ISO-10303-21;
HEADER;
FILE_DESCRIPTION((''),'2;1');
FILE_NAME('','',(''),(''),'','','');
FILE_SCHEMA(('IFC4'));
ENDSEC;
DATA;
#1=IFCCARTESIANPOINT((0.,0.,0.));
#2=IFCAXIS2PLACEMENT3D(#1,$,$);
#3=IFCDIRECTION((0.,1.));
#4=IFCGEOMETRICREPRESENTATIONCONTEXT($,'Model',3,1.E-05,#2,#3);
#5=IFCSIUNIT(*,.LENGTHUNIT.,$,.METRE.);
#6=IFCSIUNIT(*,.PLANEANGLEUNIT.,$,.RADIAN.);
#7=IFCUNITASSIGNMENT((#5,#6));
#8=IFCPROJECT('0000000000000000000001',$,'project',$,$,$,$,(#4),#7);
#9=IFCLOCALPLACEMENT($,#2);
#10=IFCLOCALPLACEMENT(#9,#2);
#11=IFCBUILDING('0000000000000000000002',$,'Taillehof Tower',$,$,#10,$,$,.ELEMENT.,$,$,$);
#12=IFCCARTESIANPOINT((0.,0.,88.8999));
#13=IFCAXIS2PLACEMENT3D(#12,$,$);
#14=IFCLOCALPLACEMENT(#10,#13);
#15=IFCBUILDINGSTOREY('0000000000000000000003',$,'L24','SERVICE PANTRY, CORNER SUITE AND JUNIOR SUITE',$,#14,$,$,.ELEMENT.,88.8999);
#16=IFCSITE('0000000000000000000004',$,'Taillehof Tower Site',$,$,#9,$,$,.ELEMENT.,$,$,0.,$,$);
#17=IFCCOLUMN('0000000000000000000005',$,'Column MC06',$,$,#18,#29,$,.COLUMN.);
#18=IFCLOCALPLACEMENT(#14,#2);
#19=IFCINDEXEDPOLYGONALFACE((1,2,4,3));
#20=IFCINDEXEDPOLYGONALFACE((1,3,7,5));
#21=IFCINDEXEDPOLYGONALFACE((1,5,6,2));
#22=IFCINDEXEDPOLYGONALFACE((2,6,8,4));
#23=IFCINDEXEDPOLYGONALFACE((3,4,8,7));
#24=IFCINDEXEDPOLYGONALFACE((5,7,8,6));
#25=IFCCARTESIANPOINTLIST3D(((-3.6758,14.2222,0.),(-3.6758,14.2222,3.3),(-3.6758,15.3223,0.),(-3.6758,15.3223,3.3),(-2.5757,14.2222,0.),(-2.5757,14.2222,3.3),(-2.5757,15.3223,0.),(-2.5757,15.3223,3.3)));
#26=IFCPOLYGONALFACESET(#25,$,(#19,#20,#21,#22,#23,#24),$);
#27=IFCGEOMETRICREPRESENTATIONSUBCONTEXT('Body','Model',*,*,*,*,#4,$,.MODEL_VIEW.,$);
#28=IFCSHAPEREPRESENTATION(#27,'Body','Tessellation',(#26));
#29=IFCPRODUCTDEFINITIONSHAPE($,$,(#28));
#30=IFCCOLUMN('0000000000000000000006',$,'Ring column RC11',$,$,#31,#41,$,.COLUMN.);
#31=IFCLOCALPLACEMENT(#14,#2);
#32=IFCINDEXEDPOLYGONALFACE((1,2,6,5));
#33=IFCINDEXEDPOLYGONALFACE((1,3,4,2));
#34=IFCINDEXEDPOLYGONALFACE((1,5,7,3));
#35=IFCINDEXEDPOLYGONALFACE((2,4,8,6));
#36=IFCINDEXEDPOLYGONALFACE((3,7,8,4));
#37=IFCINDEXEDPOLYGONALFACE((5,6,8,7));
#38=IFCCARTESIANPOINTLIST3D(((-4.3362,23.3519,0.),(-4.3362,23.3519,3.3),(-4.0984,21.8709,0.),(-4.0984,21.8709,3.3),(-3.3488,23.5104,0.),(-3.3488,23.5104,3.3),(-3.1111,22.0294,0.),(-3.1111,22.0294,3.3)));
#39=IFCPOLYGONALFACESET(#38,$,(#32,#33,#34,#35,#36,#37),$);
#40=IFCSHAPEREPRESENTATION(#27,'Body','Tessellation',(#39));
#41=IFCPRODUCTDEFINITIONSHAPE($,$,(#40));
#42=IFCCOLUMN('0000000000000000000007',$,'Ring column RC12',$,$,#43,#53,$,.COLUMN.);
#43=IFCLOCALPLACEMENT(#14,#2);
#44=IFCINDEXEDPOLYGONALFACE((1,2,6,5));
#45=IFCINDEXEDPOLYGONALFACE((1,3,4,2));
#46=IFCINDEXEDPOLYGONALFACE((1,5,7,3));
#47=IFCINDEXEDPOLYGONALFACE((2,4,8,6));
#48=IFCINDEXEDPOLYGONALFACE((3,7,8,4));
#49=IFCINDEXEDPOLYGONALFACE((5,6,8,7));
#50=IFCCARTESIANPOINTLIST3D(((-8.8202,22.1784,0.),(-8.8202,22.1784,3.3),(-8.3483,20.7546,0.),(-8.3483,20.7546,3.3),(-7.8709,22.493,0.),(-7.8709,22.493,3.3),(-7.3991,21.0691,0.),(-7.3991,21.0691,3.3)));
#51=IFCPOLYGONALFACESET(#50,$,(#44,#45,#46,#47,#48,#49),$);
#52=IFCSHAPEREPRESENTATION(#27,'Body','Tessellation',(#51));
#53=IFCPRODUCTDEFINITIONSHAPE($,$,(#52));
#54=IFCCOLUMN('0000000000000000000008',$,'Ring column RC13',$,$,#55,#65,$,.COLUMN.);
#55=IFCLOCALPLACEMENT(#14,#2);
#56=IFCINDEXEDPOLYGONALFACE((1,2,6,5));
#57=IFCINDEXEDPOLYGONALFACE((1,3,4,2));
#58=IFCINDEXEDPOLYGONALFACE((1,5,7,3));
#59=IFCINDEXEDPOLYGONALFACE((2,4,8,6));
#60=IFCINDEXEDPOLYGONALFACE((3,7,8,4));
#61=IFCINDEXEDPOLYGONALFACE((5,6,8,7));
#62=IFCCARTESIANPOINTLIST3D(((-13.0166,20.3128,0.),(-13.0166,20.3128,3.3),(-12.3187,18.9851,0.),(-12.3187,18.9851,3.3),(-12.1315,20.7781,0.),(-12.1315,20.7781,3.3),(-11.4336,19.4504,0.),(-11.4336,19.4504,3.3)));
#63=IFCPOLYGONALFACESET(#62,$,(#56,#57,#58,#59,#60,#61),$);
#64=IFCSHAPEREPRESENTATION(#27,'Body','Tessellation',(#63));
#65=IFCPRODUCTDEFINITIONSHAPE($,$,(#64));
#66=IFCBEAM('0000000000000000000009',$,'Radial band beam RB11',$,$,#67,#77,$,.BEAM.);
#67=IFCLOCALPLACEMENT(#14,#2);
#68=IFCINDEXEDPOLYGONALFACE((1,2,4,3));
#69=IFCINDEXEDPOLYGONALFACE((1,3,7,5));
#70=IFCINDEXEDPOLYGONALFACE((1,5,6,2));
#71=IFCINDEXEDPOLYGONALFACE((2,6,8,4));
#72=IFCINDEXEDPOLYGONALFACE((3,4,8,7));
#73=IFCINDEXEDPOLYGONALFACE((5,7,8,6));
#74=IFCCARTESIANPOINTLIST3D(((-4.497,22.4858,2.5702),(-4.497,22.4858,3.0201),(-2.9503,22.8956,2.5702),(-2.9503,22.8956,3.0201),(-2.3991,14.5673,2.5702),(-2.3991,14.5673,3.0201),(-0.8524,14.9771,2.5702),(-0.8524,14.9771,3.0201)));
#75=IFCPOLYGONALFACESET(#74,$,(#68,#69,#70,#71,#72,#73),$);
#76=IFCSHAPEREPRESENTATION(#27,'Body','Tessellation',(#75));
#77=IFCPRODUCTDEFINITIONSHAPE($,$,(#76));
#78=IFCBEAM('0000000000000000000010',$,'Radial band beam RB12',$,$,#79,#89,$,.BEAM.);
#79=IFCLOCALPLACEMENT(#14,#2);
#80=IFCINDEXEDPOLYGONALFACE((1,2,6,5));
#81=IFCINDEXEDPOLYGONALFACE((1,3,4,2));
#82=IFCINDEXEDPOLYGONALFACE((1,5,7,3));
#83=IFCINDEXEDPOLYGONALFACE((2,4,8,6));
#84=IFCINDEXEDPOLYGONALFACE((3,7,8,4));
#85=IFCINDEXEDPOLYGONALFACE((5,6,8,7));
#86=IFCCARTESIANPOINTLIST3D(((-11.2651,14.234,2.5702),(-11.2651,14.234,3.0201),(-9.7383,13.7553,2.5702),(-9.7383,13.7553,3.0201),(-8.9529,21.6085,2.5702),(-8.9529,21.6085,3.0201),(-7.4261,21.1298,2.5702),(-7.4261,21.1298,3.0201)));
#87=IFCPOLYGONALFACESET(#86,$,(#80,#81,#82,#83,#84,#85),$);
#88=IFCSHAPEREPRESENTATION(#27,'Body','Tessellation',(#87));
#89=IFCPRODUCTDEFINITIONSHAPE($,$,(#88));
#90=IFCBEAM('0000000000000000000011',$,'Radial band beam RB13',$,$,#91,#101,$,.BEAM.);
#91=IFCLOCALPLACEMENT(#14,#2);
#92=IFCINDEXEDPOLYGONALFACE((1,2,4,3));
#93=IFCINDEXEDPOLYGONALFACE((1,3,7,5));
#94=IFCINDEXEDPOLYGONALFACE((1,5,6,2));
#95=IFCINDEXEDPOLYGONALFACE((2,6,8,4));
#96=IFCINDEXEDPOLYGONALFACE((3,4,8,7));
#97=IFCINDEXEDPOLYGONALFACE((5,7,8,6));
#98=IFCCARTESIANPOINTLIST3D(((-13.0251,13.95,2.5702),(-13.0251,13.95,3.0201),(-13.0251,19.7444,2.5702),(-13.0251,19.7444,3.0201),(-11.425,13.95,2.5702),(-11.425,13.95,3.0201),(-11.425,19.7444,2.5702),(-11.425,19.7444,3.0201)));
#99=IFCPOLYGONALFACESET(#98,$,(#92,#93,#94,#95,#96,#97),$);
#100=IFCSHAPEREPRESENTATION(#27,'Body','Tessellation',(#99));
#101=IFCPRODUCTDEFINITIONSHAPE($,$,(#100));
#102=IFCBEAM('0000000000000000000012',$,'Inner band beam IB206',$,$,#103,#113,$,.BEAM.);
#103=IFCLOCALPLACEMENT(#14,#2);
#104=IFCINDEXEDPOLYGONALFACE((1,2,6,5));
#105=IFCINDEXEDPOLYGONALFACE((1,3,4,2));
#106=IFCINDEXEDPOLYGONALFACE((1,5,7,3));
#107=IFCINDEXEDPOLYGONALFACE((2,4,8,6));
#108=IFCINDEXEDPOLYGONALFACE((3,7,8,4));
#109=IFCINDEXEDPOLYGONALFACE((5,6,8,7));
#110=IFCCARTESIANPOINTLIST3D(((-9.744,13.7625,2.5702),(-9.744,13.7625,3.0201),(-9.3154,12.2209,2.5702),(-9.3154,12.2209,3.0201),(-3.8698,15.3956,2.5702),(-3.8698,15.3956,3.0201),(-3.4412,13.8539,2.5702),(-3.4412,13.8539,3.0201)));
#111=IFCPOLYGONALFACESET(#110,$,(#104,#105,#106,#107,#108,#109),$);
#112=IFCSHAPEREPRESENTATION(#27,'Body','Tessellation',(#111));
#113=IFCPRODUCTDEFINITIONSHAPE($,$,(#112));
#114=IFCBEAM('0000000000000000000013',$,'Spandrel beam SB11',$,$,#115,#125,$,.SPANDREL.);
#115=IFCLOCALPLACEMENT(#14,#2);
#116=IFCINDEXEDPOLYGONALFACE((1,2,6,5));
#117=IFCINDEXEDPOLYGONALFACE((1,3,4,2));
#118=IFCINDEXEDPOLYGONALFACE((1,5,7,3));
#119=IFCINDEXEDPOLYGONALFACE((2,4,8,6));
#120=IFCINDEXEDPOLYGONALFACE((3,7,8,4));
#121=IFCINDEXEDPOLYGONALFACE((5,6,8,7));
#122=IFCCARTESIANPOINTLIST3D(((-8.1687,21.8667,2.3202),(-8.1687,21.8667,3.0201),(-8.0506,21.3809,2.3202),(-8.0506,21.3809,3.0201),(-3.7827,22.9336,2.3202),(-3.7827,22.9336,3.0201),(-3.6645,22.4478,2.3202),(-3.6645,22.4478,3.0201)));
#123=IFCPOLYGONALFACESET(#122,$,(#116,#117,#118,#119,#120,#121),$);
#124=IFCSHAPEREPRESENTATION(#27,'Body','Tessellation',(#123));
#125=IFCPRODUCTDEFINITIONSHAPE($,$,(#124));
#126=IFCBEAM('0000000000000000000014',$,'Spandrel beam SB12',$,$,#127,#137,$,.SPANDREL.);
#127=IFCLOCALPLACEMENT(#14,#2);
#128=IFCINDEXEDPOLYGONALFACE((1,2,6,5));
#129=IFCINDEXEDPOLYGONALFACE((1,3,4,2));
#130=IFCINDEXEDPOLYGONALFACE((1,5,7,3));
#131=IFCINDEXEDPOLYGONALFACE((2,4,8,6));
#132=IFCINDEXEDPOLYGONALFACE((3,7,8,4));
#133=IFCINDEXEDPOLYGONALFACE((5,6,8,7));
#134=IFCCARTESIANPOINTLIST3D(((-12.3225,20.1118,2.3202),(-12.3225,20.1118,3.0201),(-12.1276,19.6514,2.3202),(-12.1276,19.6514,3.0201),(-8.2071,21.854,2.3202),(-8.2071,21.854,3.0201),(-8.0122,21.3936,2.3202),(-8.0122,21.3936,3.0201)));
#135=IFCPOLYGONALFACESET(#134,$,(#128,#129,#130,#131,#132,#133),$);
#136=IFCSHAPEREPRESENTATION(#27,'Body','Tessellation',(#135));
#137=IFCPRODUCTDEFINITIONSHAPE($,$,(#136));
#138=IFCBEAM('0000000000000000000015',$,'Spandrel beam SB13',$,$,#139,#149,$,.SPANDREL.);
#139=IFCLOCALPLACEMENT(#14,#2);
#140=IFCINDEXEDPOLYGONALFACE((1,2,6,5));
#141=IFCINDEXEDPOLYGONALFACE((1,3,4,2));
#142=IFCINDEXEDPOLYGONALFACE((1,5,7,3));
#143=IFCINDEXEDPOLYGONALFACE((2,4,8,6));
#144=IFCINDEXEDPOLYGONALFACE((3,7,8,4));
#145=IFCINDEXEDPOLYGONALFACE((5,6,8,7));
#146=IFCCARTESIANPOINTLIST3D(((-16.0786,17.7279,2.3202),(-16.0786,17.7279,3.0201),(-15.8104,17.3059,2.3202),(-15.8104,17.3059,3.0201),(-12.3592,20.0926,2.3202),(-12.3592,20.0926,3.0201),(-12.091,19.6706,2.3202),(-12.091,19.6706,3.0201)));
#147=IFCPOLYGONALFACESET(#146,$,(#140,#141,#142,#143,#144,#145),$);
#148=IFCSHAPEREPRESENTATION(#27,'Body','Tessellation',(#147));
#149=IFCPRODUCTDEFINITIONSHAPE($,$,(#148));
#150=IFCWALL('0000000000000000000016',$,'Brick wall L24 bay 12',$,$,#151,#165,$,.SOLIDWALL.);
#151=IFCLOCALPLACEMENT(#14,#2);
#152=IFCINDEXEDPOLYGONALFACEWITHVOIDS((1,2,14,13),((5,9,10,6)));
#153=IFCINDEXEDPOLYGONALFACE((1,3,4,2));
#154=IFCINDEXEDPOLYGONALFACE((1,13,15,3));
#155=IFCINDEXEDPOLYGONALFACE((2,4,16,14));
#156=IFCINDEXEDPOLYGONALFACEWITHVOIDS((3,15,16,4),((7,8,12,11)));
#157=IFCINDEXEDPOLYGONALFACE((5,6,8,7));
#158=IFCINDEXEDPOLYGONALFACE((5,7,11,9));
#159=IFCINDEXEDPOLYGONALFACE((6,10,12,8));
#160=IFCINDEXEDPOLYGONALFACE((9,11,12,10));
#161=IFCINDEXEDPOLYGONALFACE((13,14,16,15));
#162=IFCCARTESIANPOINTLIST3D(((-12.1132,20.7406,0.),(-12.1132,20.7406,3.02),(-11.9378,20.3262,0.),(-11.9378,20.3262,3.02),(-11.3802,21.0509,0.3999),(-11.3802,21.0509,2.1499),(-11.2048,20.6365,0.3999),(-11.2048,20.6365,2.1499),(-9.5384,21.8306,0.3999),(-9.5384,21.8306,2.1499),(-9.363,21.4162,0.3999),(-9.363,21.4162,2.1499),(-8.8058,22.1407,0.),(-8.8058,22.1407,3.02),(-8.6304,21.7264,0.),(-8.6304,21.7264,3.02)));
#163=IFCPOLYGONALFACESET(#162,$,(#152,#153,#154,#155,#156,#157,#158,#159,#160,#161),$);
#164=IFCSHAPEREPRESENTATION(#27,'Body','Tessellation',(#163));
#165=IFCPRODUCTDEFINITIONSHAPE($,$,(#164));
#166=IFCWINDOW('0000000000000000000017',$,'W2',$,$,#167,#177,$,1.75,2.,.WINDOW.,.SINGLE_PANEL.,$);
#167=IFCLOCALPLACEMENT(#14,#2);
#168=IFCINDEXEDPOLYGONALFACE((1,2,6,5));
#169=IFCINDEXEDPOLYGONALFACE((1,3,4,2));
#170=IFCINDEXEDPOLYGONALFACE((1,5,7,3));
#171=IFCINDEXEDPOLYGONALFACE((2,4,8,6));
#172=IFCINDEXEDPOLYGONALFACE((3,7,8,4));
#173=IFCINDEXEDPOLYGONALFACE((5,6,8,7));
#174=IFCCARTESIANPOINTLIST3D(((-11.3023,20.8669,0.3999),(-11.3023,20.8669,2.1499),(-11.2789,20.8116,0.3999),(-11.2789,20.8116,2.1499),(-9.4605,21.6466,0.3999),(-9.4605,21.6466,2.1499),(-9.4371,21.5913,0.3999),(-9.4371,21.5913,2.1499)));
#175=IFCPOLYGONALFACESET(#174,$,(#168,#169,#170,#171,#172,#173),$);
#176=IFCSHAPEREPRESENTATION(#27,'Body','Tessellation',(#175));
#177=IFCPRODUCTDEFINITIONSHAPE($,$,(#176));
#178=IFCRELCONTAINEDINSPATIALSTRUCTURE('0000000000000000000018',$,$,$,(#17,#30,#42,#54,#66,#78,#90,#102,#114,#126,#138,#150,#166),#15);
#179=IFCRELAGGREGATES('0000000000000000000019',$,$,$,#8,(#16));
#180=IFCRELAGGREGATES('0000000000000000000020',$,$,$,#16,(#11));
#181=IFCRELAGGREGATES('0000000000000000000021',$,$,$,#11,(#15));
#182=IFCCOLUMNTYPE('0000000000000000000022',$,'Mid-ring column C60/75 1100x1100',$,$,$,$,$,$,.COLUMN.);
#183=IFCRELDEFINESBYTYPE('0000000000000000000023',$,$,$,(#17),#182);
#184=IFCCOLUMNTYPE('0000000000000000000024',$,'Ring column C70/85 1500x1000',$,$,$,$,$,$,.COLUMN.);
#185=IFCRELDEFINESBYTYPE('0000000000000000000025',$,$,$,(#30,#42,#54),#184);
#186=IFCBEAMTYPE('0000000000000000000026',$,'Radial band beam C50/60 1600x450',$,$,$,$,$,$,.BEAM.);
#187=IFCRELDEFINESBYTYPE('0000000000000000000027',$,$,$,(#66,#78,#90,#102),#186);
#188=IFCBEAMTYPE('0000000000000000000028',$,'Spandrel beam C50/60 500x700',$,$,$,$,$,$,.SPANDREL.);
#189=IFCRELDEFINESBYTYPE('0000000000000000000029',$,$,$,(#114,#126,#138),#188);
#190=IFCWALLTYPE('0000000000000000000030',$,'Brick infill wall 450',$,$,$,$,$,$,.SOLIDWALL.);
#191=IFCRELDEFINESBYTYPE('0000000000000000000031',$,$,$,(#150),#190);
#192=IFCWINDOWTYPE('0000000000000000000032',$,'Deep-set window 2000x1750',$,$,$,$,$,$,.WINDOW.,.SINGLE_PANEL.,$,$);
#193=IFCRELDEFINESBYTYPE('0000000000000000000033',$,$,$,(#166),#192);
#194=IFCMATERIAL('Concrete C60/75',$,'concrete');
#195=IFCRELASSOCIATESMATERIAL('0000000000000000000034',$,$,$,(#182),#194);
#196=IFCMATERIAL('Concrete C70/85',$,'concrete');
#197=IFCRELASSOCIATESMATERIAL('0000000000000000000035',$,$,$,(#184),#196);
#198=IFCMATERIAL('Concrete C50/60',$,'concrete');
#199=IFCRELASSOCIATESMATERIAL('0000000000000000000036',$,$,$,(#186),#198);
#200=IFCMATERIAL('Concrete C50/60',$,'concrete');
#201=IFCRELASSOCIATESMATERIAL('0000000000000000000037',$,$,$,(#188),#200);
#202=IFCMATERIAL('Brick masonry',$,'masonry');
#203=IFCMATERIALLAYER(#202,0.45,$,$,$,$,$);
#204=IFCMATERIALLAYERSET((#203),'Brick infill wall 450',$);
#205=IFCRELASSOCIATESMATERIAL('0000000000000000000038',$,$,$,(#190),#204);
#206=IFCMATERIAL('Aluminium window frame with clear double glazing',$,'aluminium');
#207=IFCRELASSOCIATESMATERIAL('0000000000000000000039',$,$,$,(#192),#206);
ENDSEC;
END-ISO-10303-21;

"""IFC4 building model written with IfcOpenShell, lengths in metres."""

from ifc_helpers import new_model, si_unit, direction, frame, frame_2d, origin, origin_2d, place, context, subcontext, project, spatial, rectangle, extrude, material, layer, layer_set, material_profile, profile_set, type_object, element, fill, save


model = new_model("IFC4")

# Units and contexts
model_context = context("Model", 3, precision=1e-05, world=origin(), true_north=direction((0.0, 1.0)))
body_context = subcontext(model_context, "Body", "Model", "MODEL_VIEW")
ifc_project = project(units=[si_unit("LENGTHUNIT", "METRE"), si_unit("PLANEANGLEUNIT", "RADIAN")], contexts=[model_context])

# Site, building, storey
site_placement = place(None, origin())
site = spatial("IfcSite", under=ifc_project, at=site_placement, Name="Taillehof Tower Site", CompositionType="ELEMENT", RefElevation=0.0)
building_placement = place(site_placement, origin())
building = spatial("IfcBuilding", under=site, at=building_placement, Name="Taillehof Tower", CompositionType="ELEMENT")
storey_placement = place(building_placement, frame((0.0, 0.0, 88.8999)))
storey = spatial("IfcBuildingStorey", under=building, at=storey_placement, Name="L24", Description="SERVICE PANTRY, CORNER SUITE AND JUNIOR SUITE", CompositionType="ELEMENT", Elevation=88.8999)

# Columns
ifc_material_1 = material(Name="Concrete C60/75", Category="concrete")
ifc_material_profile_1 = material_profile(ifc_material_1, rectangle(XDim=1.1001, YDim=1.1001, at=origin_2d()), Name="RC 1100x1100")
ifc_profile_set_1 = profile_set([ifc_material_profile_1], Name="Concrete C60/75")
column_type_1 = type_object("IfcColumnType", Name="Mid-ring column C60/75 1100x1100", PredefinedType="COLUMN", material=ifc_profile_set_1)
column_placement = place(storey_placement, frame((-3.1257, 14.7722, 0.0), z_axis=(0.0, 0.0, 1.0), x_axis=(1.0, 0.0, 0.0)))
element("IfcColumn", 1, at=column_placement, inside=storey, type_object=column_type_1, Name="Column MC06", PredefinedType="COLUMN", context=body_context, shape_type="SweptSolid", body=[
    extrude(rectangle(XDim=1.1001, YDim=1.1001, at=origin_2d()), origin(), (0.0, 0.0, 1.0), 3.3),
])
ifc_material_2 = material(Name="Concrete C70/85", Category="concrete")
ifc_material_profile_2 = material_profile(ifc_material_2, rectangle(XDim=1.5, YDim=1.0, at=origin_2d()), Name="RC 1500x1000")
ifc_profile_set_2 = profile_set([ifc_material_profile_2], Name="Concrete C70/85")
column_type_2 = type_object("IfcColumnType", Name="Ring column C70/85 1500x1000", PredefinedType="COLUMN", material=ifc_profile_set_2)
for number, where, z_axis, x_axis, name in (
    (2, (-3.7236, 22.6907, 0.0), (0.0, 0.0, 1.0), (-0.158507, 0.987358, 0.0), "Ring column RC11"),
    (3, (-8.1096, 21.6238, 0.0), (0.0, 0.0, 1.0), (-0.314555, 0.949239, 0.0), "Ring column RC12"),
    (4, (-12.2251, 19.8816, 0.0), (0.0, 0.0, 1.0), (-0.465283, 0.885162, 0.0), "Ring column RC13"),
):
    element("IfcColumn", number, at=place(storey_placement, frame(where, z_axis=z_axis, x_axis=x_axis)), inside=storey, type_object=column_type_2, Name=name, PredefinedType="COLUMN", context=body_context, shape_type="SweptSolid", body=[
        extrude(rectangle(XDim=1.5, YDim=1.0, at=origin_2d()), origin(), (0.0, 0.0, 1.0), 3.3),
    ])

# Beams
ifc_material_3 = material(Name="Concrete C50/60", Category="concrete")
ifc_material_profile_3 = material_profile(ifc_material_3, rectangle(XDim=1.6001, YDim=0.45, at=origin_2d()), Name="RC 1600x450")
ifc_profile_set_3 = profile_set([ifc_material_profile_3], Name="Concrete C50/60")
beam_type_1 = type_object("IfcBeamType", Name="Radial band beam C50/60 1600x450", PredefinedType="BEAM", material=ifc_profile_set_3)
beam_1_placement = place(storey_placement, frame((-3.7236, 22.6907, 2.7952), z_axis=(0.256102, -0.96665, 0.0), x_axis=(0.96665, 0.256102, 0.0)))
element("IfcBeam", 5, at=beam_1_placement, inside=storey, type_object=beam_type_1, Name="Radial band beam RB11", PredefinedType="BEAM", context=body_context, shape_type="SweptSolid", body=[
    extrude(rectangle(XDim=1.6001, YDim=0.45, at=origin_2d()), origin(), (0.0, 0.0, 1.0), 8.1917),
])
beam_2_placement = place(storey_placement, frame((-8.1895, 21.3691, 2.7952), z_axis=(-0.299185, -0.954195, 0.0), x_axis=(0.954195, -0.299185, 0.0)))
element("IfcBeam", 6, at=beam_2_placement, inside=storey, type_object=beam_type_1, Name="Radial band beam RB12", PredefinedType="BEAM", context=body_context, shape_type="SweptSolid", body=[
    extrude(rectangle(XDim=1.6001, YDim=0.45, at=origin_2d()), origin(), (0.0, 0.0, 1.0), 7.7285),
])
beam_3_placement = place(storey_placement, frame((-12.2251, 19.7444, 2.7952), z_axis=(0.0, -1.0, 0.0), x_axis=(1.0, 0.0, 0.0)))
element("IfcBeam", 7, at=beam_3_placement, inside=storey, type_object=beam_type_1, Name="Radial band beam RB13", PredefinedType="BEAM", context=body_context, shape_type="SweptSolid", body=[
    extrude(rectangle(XDim=1.6001, YDim=0.45, at=origin_2d()), origin(), (0.0, 0.0, 1.0), 5.7944),
])
beam_4_placement = place(storey_placement, frame((-3.6555, 14.6248, 2.7952), z_axis=(-0.963459, -0.267855, 0.0), x_axis=(0.267855, -0.963459, 0.0)))
element("IfcBeam", 8, at=beam_4_placement, inside=storey, type_object=beam_type_1, Name="Inner band beam IB206", PredefinedType="BEAM", context=body_context, shape_type="SweptSolid", body=[
    extrude(rectangle(XDim=1.6001, YDim=0.45, at=origin_2d()), origin(), (0.0, 0.0, 1.0), 6.0969),
])
ifc_material_4 = material(Name="Concrete C50/60", Category="concrete")
ifc_material_profile_4 = material_profile(ifc_material_4, rectangle(XDim=0.5, YDim=0.7, at=origin_2d()), Name="RC 500x700")
ifc_profile_set_4 = profile_set([ifc_material_profile_4], Name="Concrete C50/60")
beam_type_2 = type_object("IfcBeamType", Name="Spandrel beam C50/60 500x700", PredefinedType="SPANDREL", material=ifc_profile_set_4)
beam_5_placement = place(storey_placement, frame((-3.7236, 22.6907, 2.6702), z_axis=(-0.971666, -0.236358, 0.0), x_axis=(0.236358, -0.971666, 0.0)))
element("IfcBeam", 9, at=beam_5_placement, inside=storey, type_object=beam_type_2, Name="Spandrel beam SB11", PredefinedType="SPANDREL", context=body_context, shape_type="SweptSolid", body=[
    extrude(rectangle(XDim=0.5, YDim=0.7, at=origin_2d()), origin(), (0.0, 0.0, 1.0), 4.5139),
])
beam_6_placement = place(storey_placement, frame((-8.1096, 21.6238, 2.6702), z_axis=(-0.920885, -0.389834, 0.0), x_axis=(0.389834, -0.920885, 0.0)))
element("IfcBeam", 10, at=beam_6_placement, inside=storey, type_object=beam_type_2, Name="Spandrel beam SB12", PredefinedType="SPANDREL", context=body_context, shape_type="SweptSolid", body=[
    extrude(rectangle(XDim=0.5, YDim=0.7, at=origin_2d()), origin(), (0.0, 0.0, 1.0), 4.469),
])
beam_7_placement = place(storey_placement, frame((-12.2251, 19.8816, 2.6702), z_axis=(-0.843887, -0.536521, 0.0), x_axis=(0.536521, -0.843887, 0.0)))
element("IfcBeam", 11, at=beam_7_placement, inside=storey, type_object=beam_type_2, Name="Spandrel beam SB13", PredefinedType="SPANDREL", context=body_context, shape_type="SweptSolid", body=[
    extrude(rectangle(XDim=0.5, YDim=0.7, at=origin_2d()), origin(), (0.0, 0.0, 1.0), 4.4075),
])

# Wall, opening, window
ifc_material_5 = material(Name="Brick masonry", Category="masonry")
ifc_layer_1 = layer(ifc_material_5, 0.45)
ifc_layer_set_1 = layer_set([ifc_layer_1], Name="Brick infill wall 450")
wall_type_1 = type_object("IfcWallType", Name="Brick infill wall 450", PredefinedType="SOLIDWALL", material=ifc_layer_set_1)
wall_1_placement = place(storey_placement, frame((-8.718, 21.9336, 0.0), z_axis=(0.0, 0.0, 1.0), x_axis=(-0.92088, -0.389846, 0.0)))
wall_1 = element("IfcWall", 12, at=wall_1_placement, inside=storey, type_object=wall_type_1, Name="Brick wall L24 bay 12", PredefinedType="SOLIDWALL", context=body_context, shape_type="SweptSolid", body=[
    extrude(rectangle(XDim=3.5916, YDim=0.45, at=frame_2d((1.7959, 0.0))), origin(), (0.0, 0.0, 1.0), 3.02),
])
opening_1_placement = place(wall_1_placement, frame((0.7957, 0.0, 0.3999)))
opening_1 = element("IfcOpeningElement", 13, at=opening_1_placement, cuts=wall_1, PredefinedType="OPENING", context=body_context, shape_type="SweptSolid", body=[
    extrude(rectangle(XDim=2.0, YDim=1.75, at=frame_2d((1.0, 0.875))), frame((0.0, 0.2349, 0.0), z_axis=(0.0, -1.0, 0.0), x_axis=(1.0, 0.0, 0.0)), (0.0, 0.0, 1.0), 0.47),
])
ifc_material_6 = material(Name="Aluminium window frame with clear double glazing", Category="aluminium")
window_type_1 = type_object("IfcWindowType", Name="Deep-set window 2000x1750", PartitioningType="SINGLE_PANEL", PredefinedType="WINDOW", material=ifc_material_6)
window_1_placement = place(opening_1_placement, origin())
window_1 = element("IfcWindow", 14, at=window_1_placement, inside=storey, type_object=window_type_1, Name="W2", OverallHeight=1.75, OverallWidth=2.0, PartitioningType="SINGLE_PANEL", PredefinedType="WINDOW", context=body_context, shape_type="SweptSolid", body=[
    extrude(rectangle(XDim=2.0, YDim=1.75, at=frame_2d((1.0, 0.875))), frame((0.0, 0.0349, 0.0), z_axis=(0.0, -1.0, 0.0), x_axis=(1.0, 0.0, 0.0)), (0.0, 0.0, 1.0), 0.0601),
])
fill(opening_1, window_1)

save(model, "model.ifc")
